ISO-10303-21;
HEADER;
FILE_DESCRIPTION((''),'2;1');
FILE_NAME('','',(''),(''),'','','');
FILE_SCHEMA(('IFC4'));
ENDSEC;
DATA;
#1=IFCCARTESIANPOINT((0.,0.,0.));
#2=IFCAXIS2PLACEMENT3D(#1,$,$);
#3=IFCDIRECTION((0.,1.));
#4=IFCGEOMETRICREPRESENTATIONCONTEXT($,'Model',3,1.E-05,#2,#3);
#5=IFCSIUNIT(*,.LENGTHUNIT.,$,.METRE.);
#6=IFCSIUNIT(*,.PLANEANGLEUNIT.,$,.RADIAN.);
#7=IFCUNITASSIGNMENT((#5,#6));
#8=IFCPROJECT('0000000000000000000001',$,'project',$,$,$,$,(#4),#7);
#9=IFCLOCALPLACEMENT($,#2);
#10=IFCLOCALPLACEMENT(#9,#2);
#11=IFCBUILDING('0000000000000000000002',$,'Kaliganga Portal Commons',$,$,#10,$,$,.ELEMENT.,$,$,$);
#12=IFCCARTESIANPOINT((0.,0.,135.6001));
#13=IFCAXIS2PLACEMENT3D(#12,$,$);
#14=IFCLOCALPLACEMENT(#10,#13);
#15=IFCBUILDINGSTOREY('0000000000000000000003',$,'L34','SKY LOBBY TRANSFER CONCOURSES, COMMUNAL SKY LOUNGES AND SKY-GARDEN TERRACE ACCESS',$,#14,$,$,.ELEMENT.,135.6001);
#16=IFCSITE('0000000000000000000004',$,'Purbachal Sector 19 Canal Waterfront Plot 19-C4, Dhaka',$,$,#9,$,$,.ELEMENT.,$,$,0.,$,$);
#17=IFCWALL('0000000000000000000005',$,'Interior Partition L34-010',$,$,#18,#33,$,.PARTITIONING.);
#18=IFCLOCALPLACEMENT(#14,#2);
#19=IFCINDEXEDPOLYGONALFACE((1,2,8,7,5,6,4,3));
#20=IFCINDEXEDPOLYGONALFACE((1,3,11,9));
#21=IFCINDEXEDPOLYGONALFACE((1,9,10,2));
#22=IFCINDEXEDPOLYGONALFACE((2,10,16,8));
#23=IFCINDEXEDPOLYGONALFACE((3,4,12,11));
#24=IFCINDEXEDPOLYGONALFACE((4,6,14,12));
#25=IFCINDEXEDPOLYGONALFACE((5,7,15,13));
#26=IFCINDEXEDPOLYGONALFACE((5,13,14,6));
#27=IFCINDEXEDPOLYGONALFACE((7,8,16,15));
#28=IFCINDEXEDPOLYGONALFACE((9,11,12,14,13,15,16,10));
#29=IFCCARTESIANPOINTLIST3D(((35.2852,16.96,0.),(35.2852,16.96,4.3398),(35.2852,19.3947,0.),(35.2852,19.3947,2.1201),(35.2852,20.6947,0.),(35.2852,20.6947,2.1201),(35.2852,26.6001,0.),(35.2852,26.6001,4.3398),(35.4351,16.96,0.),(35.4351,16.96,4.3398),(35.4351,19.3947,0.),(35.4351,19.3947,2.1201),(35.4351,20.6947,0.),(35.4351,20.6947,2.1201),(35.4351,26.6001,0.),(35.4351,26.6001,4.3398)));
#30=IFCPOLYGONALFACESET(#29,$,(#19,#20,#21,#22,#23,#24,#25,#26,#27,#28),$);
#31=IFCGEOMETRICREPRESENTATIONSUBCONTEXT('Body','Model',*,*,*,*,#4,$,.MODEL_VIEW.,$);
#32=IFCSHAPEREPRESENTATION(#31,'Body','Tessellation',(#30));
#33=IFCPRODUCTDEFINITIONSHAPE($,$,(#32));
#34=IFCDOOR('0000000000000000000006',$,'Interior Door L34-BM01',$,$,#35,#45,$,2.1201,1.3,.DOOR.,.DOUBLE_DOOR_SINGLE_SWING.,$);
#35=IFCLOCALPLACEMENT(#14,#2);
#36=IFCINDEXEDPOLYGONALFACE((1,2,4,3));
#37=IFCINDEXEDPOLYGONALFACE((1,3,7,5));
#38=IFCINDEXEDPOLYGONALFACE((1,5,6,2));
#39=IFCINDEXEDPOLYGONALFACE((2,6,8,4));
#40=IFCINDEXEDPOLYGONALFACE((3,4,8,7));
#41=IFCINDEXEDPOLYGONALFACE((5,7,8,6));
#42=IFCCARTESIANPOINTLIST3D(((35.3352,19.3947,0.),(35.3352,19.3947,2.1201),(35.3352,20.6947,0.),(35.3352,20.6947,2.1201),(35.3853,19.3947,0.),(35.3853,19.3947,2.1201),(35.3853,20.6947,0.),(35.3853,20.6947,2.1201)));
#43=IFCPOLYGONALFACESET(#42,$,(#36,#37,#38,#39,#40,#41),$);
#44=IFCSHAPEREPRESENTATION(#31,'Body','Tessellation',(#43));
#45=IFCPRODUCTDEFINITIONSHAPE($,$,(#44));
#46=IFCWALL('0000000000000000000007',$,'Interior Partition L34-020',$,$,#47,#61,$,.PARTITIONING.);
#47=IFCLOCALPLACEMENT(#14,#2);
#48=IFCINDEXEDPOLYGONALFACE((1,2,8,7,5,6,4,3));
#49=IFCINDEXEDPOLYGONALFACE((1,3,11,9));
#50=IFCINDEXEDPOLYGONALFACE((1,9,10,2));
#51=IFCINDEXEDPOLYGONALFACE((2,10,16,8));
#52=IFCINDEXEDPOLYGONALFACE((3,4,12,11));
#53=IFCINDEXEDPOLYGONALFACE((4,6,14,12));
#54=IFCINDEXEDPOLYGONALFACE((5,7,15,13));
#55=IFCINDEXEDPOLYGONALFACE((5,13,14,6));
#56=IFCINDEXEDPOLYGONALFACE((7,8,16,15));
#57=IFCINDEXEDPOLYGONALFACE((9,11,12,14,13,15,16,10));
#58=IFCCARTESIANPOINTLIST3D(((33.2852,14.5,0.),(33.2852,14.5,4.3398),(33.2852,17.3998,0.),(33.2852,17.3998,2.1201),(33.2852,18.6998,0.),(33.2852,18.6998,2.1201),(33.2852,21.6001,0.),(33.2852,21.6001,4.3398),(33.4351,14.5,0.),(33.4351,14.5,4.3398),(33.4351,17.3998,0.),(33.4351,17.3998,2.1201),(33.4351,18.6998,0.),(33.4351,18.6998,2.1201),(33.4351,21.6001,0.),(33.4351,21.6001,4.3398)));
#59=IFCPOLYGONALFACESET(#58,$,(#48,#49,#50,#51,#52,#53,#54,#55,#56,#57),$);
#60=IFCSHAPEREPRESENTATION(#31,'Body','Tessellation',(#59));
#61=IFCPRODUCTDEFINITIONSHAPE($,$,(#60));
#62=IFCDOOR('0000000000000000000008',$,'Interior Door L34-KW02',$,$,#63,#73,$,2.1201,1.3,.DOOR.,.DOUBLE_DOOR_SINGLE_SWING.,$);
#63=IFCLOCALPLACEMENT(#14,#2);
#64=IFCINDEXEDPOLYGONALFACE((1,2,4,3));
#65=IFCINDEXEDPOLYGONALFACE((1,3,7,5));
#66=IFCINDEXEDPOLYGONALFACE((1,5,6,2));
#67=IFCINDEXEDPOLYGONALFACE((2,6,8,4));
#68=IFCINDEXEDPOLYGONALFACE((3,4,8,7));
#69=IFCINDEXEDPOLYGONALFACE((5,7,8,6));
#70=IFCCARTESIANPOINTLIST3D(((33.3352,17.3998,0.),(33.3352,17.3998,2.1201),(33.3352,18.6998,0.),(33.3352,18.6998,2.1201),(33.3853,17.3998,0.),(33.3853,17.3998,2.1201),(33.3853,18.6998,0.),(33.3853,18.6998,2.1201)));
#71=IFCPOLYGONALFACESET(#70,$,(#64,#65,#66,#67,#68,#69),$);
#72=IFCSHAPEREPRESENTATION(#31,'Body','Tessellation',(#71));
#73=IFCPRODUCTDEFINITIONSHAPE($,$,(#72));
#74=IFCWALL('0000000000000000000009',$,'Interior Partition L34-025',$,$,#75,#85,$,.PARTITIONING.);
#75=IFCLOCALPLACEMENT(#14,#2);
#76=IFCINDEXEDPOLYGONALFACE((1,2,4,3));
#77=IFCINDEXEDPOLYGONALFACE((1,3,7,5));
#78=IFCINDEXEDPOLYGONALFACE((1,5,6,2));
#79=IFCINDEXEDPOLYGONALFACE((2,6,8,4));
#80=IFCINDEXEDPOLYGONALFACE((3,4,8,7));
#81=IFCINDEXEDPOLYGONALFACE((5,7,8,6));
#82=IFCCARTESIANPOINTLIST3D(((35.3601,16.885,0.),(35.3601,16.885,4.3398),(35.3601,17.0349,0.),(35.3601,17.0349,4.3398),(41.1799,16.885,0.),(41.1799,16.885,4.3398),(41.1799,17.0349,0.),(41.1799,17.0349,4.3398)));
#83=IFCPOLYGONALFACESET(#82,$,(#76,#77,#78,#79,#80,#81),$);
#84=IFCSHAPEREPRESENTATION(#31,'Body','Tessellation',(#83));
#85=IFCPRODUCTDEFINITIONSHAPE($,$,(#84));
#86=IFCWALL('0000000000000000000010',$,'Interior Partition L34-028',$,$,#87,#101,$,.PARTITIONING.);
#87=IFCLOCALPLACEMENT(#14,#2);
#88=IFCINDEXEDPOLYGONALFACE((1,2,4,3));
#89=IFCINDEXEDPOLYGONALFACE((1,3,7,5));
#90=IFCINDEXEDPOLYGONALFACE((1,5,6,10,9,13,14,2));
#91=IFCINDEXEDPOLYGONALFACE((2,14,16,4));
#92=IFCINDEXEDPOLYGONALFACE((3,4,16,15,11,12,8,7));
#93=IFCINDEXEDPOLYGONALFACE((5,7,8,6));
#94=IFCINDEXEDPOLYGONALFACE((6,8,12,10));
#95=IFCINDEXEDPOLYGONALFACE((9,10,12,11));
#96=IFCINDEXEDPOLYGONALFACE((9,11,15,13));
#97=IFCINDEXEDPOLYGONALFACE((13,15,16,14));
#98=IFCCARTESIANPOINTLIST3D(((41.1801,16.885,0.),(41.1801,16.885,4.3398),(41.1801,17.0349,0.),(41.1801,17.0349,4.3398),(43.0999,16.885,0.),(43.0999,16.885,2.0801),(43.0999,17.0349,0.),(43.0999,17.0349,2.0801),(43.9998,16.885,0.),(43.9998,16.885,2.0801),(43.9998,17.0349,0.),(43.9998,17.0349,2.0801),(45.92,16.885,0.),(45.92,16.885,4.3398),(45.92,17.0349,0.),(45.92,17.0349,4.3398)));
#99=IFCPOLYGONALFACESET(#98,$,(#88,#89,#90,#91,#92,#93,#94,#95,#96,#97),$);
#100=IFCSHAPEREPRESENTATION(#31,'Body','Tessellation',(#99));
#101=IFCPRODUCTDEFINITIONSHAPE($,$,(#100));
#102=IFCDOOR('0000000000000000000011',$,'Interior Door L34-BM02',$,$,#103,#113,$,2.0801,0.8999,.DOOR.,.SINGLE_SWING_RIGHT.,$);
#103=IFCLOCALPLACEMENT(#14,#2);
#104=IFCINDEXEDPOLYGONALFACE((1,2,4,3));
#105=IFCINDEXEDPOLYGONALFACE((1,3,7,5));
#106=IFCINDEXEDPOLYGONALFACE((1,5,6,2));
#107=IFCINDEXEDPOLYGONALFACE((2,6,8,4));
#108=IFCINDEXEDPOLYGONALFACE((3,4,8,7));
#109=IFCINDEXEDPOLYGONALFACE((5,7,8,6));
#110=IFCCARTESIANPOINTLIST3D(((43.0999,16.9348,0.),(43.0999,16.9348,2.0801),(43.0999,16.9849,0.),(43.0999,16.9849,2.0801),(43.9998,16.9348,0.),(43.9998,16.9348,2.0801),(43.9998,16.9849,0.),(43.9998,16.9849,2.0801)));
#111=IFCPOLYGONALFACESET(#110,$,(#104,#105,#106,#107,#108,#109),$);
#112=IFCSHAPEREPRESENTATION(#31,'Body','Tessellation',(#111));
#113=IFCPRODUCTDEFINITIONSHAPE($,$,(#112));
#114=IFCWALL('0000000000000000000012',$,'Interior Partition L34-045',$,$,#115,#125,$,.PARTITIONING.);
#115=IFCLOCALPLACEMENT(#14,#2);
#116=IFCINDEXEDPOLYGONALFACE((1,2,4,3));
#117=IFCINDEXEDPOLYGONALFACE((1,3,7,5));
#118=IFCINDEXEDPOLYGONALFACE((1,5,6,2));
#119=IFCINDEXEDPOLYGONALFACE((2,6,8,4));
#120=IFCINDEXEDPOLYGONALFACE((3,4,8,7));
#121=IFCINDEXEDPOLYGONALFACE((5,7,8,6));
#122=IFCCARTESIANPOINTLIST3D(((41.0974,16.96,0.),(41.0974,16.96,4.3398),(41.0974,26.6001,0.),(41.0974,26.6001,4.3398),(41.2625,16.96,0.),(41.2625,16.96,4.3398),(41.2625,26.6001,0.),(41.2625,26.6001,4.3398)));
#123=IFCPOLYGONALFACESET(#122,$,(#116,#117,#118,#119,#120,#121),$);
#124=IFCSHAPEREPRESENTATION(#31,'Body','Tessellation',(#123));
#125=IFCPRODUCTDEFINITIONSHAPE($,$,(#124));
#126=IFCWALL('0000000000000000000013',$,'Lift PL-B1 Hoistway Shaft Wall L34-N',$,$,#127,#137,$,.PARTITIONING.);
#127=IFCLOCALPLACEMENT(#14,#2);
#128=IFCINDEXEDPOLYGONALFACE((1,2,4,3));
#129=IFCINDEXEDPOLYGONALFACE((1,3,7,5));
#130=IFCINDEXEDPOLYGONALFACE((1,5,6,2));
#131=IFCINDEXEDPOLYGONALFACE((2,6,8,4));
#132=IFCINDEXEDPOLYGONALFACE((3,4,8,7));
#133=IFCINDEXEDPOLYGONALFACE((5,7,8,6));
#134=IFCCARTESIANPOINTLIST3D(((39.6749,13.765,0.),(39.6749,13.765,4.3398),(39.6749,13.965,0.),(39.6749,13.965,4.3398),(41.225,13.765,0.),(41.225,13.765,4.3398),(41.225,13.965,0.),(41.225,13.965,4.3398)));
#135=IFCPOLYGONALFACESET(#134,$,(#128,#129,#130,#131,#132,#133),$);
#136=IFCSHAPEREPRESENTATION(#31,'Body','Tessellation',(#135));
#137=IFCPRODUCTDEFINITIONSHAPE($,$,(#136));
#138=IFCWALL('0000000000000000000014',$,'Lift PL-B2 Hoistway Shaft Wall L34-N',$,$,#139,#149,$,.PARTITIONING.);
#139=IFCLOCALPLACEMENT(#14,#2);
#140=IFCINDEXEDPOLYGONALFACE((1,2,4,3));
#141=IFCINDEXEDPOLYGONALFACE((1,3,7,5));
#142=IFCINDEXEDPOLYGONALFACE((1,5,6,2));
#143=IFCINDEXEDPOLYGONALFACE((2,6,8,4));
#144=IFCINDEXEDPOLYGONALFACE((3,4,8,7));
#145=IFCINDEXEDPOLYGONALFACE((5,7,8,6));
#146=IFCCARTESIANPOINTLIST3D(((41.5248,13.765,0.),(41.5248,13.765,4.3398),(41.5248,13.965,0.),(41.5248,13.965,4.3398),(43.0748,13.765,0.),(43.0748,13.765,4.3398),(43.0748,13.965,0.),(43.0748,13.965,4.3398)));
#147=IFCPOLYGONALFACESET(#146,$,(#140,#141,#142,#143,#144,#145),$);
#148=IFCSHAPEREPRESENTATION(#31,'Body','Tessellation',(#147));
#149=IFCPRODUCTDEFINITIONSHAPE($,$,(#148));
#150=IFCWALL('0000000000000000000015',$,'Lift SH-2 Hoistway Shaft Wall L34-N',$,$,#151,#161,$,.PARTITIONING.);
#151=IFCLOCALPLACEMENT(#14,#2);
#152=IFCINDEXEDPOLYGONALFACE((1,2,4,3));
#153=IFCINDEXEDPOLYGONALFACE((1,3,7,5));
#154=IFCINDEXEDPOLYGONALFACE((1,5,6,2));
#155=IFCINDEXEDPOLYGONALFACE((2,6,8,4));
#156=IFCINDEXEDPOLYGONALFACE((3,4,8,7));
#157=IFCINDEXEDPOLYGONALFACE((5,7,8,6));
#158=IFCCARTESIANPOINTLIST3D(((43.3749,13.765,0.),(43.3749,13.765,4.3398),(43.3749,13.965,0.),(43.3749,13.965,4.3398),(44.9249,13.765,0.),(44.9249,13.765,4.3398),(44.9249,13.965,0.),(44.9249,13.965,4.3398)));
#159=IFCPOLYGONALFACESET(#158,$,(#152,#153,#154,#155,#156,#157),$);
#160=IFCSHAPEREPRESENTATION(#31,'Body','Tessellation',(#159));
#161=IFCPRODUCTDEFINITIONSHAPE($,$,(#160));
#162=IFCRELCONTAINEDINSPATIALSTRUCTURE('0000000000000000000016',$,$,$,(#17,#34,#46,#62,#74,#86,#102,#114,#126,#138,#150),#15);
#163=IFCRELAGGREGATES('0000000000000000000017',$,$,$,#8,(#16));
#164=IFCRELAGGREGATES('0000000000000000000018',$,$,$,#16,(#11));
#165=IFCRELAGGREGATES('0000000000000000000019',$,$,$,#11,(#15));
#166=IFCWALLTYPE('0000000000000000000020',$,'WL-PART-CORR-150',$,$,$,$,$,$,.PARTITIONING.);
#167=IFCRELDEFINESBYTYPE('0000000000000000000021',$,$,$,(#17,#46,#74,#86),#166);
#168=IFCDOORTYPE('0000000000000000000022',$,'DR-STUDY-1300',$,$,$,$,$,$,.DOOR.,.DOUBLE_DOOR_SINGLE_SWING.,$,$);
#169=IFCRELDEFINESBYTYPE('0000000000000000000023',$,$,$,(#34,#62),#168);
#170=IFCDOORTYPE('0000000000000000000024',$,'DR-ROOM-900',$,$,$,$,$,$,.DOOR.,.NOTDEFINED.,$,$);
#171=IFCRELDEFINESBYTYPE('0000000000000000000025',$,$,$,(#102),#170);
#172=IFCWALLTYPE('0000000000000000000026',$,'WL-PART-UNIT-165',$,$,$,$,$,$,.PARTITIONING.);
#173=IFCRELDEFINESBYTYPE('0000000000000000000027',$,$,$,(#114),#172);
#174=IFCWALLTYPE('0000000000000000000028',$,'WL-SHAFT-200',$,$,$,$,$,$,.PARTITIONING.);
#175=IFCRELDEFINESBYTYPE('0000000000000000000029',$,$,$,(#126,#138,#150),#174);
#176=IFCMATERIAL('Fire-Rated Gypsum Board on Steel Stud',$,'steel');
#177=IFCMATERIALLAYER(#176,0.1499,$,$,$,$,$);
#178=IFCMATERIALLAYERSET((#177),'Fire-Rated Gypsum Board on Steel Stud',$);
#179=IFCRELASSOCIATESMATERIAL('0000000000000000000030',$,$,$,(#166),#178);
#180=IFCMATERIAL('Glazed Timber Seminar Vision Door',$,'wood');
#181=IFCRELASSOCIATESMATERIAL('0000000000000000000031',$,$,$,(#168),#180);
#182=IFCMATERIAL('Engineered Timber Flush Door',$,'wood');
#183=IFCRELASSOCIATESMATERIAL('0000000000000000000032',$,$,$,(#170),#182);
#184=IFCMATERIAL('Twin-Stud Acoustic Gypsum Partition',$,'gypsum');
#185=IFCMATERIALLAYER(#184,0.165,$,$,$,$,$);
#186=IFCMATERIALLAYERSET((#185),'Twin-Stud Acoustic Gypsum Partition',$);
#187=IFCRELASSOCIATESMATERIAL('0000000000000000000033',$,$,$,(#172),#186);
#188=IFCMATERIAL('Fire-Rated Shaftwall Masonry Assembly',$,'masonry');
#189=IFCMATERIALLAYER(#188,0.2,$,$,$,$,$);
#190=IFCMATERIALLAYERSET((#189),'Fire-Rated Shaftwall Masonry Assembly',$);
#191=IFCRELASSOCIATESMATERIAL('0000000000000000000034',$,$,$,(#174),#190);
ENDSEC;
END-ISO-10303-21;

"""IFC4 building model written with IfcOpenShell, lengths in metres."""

from ifc_helpers import new_model, si_unit, direction, frame, frame_2d, origin, place, context, subcontext, project, spatial, rectangle, extrude, material, layer, layer_set, type_object, element, fill, save


model = new_model("IFC4")

# Units and contexts
model_context = context("Model", 3, precision=1e-05, world=origin(), true_north=direction((0.0, 1.0)))
body_context = subcontext(model_context, "Body", "Model", "MODEL_VIEW")
ifc_project = project(units=[si_unit("LENGTHUNIT", "METRE"), si_unit("PLANEANGLEUNIT", "RADIAN")], contexts=[model_context])

# Site, building, storey
site_placement = place(None, origin())
site = spatial("IfcSite", under=ifc_project, at=site_placement, Name="Purbachal Sector 19 Canal Waterfront Plot 19-C4, Dhaka", CompositionType="ELEMENT", RefElevation=0.0)
building_placement = place(site_placement, origin())
building = spatial("IfcBuilding", under=site, at=building_placement, Name="Kaliganga Portal Commons", CompositionType="ELEMENT")
storey_placement = place(building_placement, frame((0.0, 0.0, 135.6001)))
storey = spatial("IfcBuildingStorey", under=building, at=storey_placement, Name="L34", Description="SKY LOBBY TRANSFER CONCOURSES, COMMUNAL SKY LOUNGES AND SKY-GARDEN TERRACE ACCESS", CompositionType="ELEMENT", Elevation=135.6001)

# Walls, openings, doors
ifc_material_1 = material(Name="Fire-Rated Gypsum Board on Steel Stud", Category="steel")
ifc_layer_1 = layer(ifc_material_1, 0.1499)
ifc_layer_set_1 = layer_set([ifc_layer_1], Name="Fire-Rated Gypsum Board on Steel Stud")
wall_type_1 = type_object("IfcWallType", Name="WL-PART-CORR-150", PredefinedType="PARTITIONING", material=ifc_layer_set_1)
wall_1_placement = place(storey_placement, frame((35.3601, 16.96, 0.0), z_axis=(0.0, 0.0, 1.0), x_axis=(0.0, 1.0, 0.0)))
wall_1 = element("IfcWall", 1, at=wall_1_placement, inside=storey, type_object=wall_type_1, Name="Interior Partition L34-010", PredefinedType="PARTITIONING", context=body_context, shape_type="SweptSolid", body=[
    extrude(rectangle(XDim=9.6401, YDim=0.1499, at=frame_2d((4.8201, 0.0))), origin(), (0.0, 0.0, 1.0), 4.3398),
])
opening_1_placement = place(wall_1_placement, frame((2.4348, 0.0, 0.0)))
opening_1 = element("IfcOpeningElement", 2, at=opening_1_placement, cuts=wall_1, PredefinedType="OPENING", context=body_context, shape_type="SweptSolid", body=[
    extrude(rectangle(XDim=1.3, YDim=2.1201, at=frame_2d((0.6499, 1.0601))), frame((0.0, 0.085, 0.0), z_axis=(0.0, -1.0, 0.0), x_axis=(1.0, 0.0, 0.0)), (0.0, 0.0, 1.0), 0.1699),
])
ifc_material_2 = material(Name="Glazed Timber Seminar Vision Door", Category="wood")
door_type_1 = type_object("IfcDoorType", Name="DR-STUDY-1300", OperationType="DOUBLE_DOOR_SINGLE_SWING", PredefinedType="DOOR", material=ifc_material_2)
door_1_placement = place(opening_1_placement, origin())
door_1 = element("IfcDoor", 3, at=door_1_placement, inside=storey, type_object=door_type_1, Name="Interior Door L34-BM01", OperationType="DOUBLE_DOOR_SINGLE_SWING", OverallHeight=2.1201, OverallWidth=1.3, PredefinedType="DOOR", context=body_context, shape_type="SweptSolid", body=[
    extrude(rectangle(XDim=1.3, YDim=2.1201, at=frame_2d((0.6499, 1.0601))), frame((0.0, 0.0249, 0.0), z_axis=(0.0, -1.0, 0.0), x_axis=(1.0, 0.0, 0.0)), (0.0, 0.0, 1.0), 0.05),
])
fill(opening_1, door_1)
wall_2_placement = place(storey_placement, frame((33.3601, 14.5, 0.0), z_axis=(0.0, 0.0, 1.0), x_axis=(0.0, 1.0, 0.0)))
wall_2 = element("IfcWall", 4, at=wall_2_placement, inside=storey, type_object=wall_type_1, Name="Interior Partition L34-020", PredefinedType="PARTITIONING", context=body_context, shape_type="SweptSolid", body=[
    extrude(rectangle(XDim=7.1001, YDim=0.1499, at=frame_2d((3.55, 0.0))), origin(), (0.0, 0.0, 1.0), 4.3398),
])
opening_2_placement = place(wall_2_placement, frame((2.8999, 0.0, 0.0)))
opening_2 = element("IfcOpeningElement", 5, at=opening_2_placement, cuts=wall_2, PredefinedType="OPENING", context=body_context, shape_type="SweptSolid", body=[
    extrude(rectangle(XDim=1.3, YDim=2.1201, at=frame_2d((0.6499, 1.0601))), frame((0.0, 0.085, 0.0), z_axis=(0.0, -1.0, 0.0), x_axis=(1.0, 0.0, 0.0)), (0.0, 0.0, 1.0), 0.1699),
])
door_2_placement = place(opening_2_placement, origin())
door_2 = element("IfcDoor", 6, at=door_2_placement, inside=storey, type_object=door_type_1, Name="Interior Door L34-KW02", OperationType="DOUBLE_DOOR_SINGLE_SWING", OverallHeight=2.1201, OverallWidth=1.3, PredefinedType="DOOR", context=body_context, shape_type="SweptSolid", body=[
    extrude(rectangle(XDim=1.3, YDim=2.1201, at=frame_2d((0.6499, 1.0601))), frame((0.0, 0.0249, 0.0), z_axis=(0.0, -1.0, 0.0), x_axis=(1.0, 0.0, 0.0)), (0.0, 0.0, 1.0), 0.05),
])
fill(opening_2, door_2)

# Wall
wall_3_placement = place(storey_placement, frame((35.3601, 16.96, 0.0), z_axis=(0.0, 0.0, 1.0), x_axis=(1.0, 0.0, 0.0)))
element("IfcWall", 7, at=wall_3_placement, inside=storey, type_object=wall_type_1, Name="Interior Partition L34-025", PredefinedType="PARTITIONING", context=body_context, shape_type="SweptSolid", body=[
    extrude(rectangle(XDim=5.8198, YDim=0.1499, at=frame_2d((2.9099, 0.0))), origin(), (0.0, 0.0, 1.0), 4.3398),
])

# Wall, opening, door
wall_4_placement = place(storey_placement, frame((41.1799, 16.96, 0.0), z_axis=(0.0, 0.0, 1.0), x_axis=(1.0, 0.0, 0.0)))
wall_4 = element("IfcWall", 8, at=wall_4_placement, inside=storey, type_object=wall_type_1, Name="Interior Partition L34-028", PredefinedType="PARTITIONING", context=body_context, shape_type="SweptSolid", body=[
    extrude(rectangle(XDim=4.74, YDim=0.1499, at=frame_2d((2.3701, 0.0))), origin(), (0.0, 0.0, 1.0), 4.3398),
])
opening_3_placement = place(wall_4_placement, frame((1.9199, 0.0, 0.0)))
opening_3 = element("IfcOpeningElement", 9, at=opening_3_placement, cuts=wall_4, PredefinedType="OPENING", context=body_context, shape_type="SweptSolid", body=[
    extrude(rectangle(XDim=0.8999, YDim=2.0801, at=frame_2d((0.45, 1.04))), frame((0.0, 0.085, 0.0), z_axis=(0.0, -1.0, 0.0), x_axis=(1.0, 0.0, 0.0)), (0.0, 0.0, 1.0), 0.1699),
])
ifc_material_3 = material(Name="Engineered Timber Flush Door", Category="wood")
door_type_2 = type_object("IfcDoorType", Name="DR-ROOM-900", OperationType="NOTDEFINED", PredefinedType="DOOR", material=ifc_material_3)
door_3_placement = place(opening_3_placement, origin())
door_3 = element("IfcDoor", 10, at=door_3_placement, inside=storey, type_object=door_type_2, Name="Interior Door L34-BM02", OperationType="SINGLE_SWING_RIGHT", OverallHeight=2.0801, OverallWidth=0.8999, PredefinedType="DOOR", context=body_context, shape_type="SweptSolid", body=[
    extrude(rectangle(XDim=0.8999, YDim=2.0801, at=frame_2d((0.45, 1.04))), frame((0.0, 0.0249, 0.0), z_axis=(0.0, -1.0, 0.0), x_axis=(1.0, 0.0, 0.0)), (0.0, 0.0, 1.0), 0.05),
])
fill(opening_3, door_3)

# Walls
ifc_material_4 = material(Name="Twin-Stud Acoustic Gypsum Partition", Category="gypsum")
ifc_layer_2 = layer(ifc_material_4, 0.165)
ifc_layer_set_2 = layer_set([ifc_layer_2], Name="Twin-Stud Acoustic Gypsum Partition")
wall_type_2 = type_object("IfcWallType", Name="WL-PART-UNIT-165", PredefinedType="PARTITIONING", material=ifc_layer_set_2)
wall_5_placement = place(storey_placement, frame((41.1799, 16.96, 0.0), z_axis=(0.0, 0.0, 1.0), x_axis=(0.0, 1.0, 0.0)))
element("IfcWall", 11, at=wall_5_placement, inside=storey, type_object=wall_type_2, Name="Interior Partition L34-045", PredefinedType="PARTITIONING", context=body_context, shape_type="SweptSolid", body=[
    extrude(rectangle(XDim=9.6401, YDim=0.165, at=frame_2d((4.8201, 0.0))), origin(), (0.0, 0.0, 1.0), 4.3398),
])
ifc_material_5 = material(Name="Fire-Rated Shaftwall Masonry Assembly", Category="masonry")
ifc_layer_3 = layer(ifc_material_5, 0.2)
ifc_layer_set_3 = layer_set([ifc_layer_3], Name="Fire-Rated Shaftwall Masonry Assembly")
wall_type_3 = type_object("IfcWallType", Name="WL-SHAFT-200", PredefinedType="PARTITIONING", material=ifc_layer_set_3)
for number, where, z_axis, x_axis, name in (
    (12, (39.675, 13.865, 0.0), (0.0, 0.0, 1.0), (1.0, 0.0, 0.0), "Lift PL-B1 Hoistway Shaft Wall L34-N"),
    (13, (41.5249, 13.865, 0.0), (0.0, 0.0, 1.0), (1.0, 0.0, 0.0), "Lift PL-B2 Hoistway Shaft Wall L34-N"),
    (14, (43.375, 13.865, 0.0), (0.0, 0.0, 1.0), (1.0, 0.0, 0.0), "Lift SH-2 Hoistway Shaft Wall L34-N"),
):
    element("IfcWall", number, at=place(storey_placement, frame(where, z_axis=z_axis, x_axis=x_axis)), inside=storey, type_object=wall_type_3, Name=name, PredefinedType="PARTITIONING", context=body_context, shape_type="SweptSolid", body=[
        extrude(rectangle(XDim=1.55, YDim=0.2, at=frame_2d((0.7749, 0.0))), origin(), (0.0, 0.0, 1.0), 4.3398),
    ])

save(model, "model.ifc")
